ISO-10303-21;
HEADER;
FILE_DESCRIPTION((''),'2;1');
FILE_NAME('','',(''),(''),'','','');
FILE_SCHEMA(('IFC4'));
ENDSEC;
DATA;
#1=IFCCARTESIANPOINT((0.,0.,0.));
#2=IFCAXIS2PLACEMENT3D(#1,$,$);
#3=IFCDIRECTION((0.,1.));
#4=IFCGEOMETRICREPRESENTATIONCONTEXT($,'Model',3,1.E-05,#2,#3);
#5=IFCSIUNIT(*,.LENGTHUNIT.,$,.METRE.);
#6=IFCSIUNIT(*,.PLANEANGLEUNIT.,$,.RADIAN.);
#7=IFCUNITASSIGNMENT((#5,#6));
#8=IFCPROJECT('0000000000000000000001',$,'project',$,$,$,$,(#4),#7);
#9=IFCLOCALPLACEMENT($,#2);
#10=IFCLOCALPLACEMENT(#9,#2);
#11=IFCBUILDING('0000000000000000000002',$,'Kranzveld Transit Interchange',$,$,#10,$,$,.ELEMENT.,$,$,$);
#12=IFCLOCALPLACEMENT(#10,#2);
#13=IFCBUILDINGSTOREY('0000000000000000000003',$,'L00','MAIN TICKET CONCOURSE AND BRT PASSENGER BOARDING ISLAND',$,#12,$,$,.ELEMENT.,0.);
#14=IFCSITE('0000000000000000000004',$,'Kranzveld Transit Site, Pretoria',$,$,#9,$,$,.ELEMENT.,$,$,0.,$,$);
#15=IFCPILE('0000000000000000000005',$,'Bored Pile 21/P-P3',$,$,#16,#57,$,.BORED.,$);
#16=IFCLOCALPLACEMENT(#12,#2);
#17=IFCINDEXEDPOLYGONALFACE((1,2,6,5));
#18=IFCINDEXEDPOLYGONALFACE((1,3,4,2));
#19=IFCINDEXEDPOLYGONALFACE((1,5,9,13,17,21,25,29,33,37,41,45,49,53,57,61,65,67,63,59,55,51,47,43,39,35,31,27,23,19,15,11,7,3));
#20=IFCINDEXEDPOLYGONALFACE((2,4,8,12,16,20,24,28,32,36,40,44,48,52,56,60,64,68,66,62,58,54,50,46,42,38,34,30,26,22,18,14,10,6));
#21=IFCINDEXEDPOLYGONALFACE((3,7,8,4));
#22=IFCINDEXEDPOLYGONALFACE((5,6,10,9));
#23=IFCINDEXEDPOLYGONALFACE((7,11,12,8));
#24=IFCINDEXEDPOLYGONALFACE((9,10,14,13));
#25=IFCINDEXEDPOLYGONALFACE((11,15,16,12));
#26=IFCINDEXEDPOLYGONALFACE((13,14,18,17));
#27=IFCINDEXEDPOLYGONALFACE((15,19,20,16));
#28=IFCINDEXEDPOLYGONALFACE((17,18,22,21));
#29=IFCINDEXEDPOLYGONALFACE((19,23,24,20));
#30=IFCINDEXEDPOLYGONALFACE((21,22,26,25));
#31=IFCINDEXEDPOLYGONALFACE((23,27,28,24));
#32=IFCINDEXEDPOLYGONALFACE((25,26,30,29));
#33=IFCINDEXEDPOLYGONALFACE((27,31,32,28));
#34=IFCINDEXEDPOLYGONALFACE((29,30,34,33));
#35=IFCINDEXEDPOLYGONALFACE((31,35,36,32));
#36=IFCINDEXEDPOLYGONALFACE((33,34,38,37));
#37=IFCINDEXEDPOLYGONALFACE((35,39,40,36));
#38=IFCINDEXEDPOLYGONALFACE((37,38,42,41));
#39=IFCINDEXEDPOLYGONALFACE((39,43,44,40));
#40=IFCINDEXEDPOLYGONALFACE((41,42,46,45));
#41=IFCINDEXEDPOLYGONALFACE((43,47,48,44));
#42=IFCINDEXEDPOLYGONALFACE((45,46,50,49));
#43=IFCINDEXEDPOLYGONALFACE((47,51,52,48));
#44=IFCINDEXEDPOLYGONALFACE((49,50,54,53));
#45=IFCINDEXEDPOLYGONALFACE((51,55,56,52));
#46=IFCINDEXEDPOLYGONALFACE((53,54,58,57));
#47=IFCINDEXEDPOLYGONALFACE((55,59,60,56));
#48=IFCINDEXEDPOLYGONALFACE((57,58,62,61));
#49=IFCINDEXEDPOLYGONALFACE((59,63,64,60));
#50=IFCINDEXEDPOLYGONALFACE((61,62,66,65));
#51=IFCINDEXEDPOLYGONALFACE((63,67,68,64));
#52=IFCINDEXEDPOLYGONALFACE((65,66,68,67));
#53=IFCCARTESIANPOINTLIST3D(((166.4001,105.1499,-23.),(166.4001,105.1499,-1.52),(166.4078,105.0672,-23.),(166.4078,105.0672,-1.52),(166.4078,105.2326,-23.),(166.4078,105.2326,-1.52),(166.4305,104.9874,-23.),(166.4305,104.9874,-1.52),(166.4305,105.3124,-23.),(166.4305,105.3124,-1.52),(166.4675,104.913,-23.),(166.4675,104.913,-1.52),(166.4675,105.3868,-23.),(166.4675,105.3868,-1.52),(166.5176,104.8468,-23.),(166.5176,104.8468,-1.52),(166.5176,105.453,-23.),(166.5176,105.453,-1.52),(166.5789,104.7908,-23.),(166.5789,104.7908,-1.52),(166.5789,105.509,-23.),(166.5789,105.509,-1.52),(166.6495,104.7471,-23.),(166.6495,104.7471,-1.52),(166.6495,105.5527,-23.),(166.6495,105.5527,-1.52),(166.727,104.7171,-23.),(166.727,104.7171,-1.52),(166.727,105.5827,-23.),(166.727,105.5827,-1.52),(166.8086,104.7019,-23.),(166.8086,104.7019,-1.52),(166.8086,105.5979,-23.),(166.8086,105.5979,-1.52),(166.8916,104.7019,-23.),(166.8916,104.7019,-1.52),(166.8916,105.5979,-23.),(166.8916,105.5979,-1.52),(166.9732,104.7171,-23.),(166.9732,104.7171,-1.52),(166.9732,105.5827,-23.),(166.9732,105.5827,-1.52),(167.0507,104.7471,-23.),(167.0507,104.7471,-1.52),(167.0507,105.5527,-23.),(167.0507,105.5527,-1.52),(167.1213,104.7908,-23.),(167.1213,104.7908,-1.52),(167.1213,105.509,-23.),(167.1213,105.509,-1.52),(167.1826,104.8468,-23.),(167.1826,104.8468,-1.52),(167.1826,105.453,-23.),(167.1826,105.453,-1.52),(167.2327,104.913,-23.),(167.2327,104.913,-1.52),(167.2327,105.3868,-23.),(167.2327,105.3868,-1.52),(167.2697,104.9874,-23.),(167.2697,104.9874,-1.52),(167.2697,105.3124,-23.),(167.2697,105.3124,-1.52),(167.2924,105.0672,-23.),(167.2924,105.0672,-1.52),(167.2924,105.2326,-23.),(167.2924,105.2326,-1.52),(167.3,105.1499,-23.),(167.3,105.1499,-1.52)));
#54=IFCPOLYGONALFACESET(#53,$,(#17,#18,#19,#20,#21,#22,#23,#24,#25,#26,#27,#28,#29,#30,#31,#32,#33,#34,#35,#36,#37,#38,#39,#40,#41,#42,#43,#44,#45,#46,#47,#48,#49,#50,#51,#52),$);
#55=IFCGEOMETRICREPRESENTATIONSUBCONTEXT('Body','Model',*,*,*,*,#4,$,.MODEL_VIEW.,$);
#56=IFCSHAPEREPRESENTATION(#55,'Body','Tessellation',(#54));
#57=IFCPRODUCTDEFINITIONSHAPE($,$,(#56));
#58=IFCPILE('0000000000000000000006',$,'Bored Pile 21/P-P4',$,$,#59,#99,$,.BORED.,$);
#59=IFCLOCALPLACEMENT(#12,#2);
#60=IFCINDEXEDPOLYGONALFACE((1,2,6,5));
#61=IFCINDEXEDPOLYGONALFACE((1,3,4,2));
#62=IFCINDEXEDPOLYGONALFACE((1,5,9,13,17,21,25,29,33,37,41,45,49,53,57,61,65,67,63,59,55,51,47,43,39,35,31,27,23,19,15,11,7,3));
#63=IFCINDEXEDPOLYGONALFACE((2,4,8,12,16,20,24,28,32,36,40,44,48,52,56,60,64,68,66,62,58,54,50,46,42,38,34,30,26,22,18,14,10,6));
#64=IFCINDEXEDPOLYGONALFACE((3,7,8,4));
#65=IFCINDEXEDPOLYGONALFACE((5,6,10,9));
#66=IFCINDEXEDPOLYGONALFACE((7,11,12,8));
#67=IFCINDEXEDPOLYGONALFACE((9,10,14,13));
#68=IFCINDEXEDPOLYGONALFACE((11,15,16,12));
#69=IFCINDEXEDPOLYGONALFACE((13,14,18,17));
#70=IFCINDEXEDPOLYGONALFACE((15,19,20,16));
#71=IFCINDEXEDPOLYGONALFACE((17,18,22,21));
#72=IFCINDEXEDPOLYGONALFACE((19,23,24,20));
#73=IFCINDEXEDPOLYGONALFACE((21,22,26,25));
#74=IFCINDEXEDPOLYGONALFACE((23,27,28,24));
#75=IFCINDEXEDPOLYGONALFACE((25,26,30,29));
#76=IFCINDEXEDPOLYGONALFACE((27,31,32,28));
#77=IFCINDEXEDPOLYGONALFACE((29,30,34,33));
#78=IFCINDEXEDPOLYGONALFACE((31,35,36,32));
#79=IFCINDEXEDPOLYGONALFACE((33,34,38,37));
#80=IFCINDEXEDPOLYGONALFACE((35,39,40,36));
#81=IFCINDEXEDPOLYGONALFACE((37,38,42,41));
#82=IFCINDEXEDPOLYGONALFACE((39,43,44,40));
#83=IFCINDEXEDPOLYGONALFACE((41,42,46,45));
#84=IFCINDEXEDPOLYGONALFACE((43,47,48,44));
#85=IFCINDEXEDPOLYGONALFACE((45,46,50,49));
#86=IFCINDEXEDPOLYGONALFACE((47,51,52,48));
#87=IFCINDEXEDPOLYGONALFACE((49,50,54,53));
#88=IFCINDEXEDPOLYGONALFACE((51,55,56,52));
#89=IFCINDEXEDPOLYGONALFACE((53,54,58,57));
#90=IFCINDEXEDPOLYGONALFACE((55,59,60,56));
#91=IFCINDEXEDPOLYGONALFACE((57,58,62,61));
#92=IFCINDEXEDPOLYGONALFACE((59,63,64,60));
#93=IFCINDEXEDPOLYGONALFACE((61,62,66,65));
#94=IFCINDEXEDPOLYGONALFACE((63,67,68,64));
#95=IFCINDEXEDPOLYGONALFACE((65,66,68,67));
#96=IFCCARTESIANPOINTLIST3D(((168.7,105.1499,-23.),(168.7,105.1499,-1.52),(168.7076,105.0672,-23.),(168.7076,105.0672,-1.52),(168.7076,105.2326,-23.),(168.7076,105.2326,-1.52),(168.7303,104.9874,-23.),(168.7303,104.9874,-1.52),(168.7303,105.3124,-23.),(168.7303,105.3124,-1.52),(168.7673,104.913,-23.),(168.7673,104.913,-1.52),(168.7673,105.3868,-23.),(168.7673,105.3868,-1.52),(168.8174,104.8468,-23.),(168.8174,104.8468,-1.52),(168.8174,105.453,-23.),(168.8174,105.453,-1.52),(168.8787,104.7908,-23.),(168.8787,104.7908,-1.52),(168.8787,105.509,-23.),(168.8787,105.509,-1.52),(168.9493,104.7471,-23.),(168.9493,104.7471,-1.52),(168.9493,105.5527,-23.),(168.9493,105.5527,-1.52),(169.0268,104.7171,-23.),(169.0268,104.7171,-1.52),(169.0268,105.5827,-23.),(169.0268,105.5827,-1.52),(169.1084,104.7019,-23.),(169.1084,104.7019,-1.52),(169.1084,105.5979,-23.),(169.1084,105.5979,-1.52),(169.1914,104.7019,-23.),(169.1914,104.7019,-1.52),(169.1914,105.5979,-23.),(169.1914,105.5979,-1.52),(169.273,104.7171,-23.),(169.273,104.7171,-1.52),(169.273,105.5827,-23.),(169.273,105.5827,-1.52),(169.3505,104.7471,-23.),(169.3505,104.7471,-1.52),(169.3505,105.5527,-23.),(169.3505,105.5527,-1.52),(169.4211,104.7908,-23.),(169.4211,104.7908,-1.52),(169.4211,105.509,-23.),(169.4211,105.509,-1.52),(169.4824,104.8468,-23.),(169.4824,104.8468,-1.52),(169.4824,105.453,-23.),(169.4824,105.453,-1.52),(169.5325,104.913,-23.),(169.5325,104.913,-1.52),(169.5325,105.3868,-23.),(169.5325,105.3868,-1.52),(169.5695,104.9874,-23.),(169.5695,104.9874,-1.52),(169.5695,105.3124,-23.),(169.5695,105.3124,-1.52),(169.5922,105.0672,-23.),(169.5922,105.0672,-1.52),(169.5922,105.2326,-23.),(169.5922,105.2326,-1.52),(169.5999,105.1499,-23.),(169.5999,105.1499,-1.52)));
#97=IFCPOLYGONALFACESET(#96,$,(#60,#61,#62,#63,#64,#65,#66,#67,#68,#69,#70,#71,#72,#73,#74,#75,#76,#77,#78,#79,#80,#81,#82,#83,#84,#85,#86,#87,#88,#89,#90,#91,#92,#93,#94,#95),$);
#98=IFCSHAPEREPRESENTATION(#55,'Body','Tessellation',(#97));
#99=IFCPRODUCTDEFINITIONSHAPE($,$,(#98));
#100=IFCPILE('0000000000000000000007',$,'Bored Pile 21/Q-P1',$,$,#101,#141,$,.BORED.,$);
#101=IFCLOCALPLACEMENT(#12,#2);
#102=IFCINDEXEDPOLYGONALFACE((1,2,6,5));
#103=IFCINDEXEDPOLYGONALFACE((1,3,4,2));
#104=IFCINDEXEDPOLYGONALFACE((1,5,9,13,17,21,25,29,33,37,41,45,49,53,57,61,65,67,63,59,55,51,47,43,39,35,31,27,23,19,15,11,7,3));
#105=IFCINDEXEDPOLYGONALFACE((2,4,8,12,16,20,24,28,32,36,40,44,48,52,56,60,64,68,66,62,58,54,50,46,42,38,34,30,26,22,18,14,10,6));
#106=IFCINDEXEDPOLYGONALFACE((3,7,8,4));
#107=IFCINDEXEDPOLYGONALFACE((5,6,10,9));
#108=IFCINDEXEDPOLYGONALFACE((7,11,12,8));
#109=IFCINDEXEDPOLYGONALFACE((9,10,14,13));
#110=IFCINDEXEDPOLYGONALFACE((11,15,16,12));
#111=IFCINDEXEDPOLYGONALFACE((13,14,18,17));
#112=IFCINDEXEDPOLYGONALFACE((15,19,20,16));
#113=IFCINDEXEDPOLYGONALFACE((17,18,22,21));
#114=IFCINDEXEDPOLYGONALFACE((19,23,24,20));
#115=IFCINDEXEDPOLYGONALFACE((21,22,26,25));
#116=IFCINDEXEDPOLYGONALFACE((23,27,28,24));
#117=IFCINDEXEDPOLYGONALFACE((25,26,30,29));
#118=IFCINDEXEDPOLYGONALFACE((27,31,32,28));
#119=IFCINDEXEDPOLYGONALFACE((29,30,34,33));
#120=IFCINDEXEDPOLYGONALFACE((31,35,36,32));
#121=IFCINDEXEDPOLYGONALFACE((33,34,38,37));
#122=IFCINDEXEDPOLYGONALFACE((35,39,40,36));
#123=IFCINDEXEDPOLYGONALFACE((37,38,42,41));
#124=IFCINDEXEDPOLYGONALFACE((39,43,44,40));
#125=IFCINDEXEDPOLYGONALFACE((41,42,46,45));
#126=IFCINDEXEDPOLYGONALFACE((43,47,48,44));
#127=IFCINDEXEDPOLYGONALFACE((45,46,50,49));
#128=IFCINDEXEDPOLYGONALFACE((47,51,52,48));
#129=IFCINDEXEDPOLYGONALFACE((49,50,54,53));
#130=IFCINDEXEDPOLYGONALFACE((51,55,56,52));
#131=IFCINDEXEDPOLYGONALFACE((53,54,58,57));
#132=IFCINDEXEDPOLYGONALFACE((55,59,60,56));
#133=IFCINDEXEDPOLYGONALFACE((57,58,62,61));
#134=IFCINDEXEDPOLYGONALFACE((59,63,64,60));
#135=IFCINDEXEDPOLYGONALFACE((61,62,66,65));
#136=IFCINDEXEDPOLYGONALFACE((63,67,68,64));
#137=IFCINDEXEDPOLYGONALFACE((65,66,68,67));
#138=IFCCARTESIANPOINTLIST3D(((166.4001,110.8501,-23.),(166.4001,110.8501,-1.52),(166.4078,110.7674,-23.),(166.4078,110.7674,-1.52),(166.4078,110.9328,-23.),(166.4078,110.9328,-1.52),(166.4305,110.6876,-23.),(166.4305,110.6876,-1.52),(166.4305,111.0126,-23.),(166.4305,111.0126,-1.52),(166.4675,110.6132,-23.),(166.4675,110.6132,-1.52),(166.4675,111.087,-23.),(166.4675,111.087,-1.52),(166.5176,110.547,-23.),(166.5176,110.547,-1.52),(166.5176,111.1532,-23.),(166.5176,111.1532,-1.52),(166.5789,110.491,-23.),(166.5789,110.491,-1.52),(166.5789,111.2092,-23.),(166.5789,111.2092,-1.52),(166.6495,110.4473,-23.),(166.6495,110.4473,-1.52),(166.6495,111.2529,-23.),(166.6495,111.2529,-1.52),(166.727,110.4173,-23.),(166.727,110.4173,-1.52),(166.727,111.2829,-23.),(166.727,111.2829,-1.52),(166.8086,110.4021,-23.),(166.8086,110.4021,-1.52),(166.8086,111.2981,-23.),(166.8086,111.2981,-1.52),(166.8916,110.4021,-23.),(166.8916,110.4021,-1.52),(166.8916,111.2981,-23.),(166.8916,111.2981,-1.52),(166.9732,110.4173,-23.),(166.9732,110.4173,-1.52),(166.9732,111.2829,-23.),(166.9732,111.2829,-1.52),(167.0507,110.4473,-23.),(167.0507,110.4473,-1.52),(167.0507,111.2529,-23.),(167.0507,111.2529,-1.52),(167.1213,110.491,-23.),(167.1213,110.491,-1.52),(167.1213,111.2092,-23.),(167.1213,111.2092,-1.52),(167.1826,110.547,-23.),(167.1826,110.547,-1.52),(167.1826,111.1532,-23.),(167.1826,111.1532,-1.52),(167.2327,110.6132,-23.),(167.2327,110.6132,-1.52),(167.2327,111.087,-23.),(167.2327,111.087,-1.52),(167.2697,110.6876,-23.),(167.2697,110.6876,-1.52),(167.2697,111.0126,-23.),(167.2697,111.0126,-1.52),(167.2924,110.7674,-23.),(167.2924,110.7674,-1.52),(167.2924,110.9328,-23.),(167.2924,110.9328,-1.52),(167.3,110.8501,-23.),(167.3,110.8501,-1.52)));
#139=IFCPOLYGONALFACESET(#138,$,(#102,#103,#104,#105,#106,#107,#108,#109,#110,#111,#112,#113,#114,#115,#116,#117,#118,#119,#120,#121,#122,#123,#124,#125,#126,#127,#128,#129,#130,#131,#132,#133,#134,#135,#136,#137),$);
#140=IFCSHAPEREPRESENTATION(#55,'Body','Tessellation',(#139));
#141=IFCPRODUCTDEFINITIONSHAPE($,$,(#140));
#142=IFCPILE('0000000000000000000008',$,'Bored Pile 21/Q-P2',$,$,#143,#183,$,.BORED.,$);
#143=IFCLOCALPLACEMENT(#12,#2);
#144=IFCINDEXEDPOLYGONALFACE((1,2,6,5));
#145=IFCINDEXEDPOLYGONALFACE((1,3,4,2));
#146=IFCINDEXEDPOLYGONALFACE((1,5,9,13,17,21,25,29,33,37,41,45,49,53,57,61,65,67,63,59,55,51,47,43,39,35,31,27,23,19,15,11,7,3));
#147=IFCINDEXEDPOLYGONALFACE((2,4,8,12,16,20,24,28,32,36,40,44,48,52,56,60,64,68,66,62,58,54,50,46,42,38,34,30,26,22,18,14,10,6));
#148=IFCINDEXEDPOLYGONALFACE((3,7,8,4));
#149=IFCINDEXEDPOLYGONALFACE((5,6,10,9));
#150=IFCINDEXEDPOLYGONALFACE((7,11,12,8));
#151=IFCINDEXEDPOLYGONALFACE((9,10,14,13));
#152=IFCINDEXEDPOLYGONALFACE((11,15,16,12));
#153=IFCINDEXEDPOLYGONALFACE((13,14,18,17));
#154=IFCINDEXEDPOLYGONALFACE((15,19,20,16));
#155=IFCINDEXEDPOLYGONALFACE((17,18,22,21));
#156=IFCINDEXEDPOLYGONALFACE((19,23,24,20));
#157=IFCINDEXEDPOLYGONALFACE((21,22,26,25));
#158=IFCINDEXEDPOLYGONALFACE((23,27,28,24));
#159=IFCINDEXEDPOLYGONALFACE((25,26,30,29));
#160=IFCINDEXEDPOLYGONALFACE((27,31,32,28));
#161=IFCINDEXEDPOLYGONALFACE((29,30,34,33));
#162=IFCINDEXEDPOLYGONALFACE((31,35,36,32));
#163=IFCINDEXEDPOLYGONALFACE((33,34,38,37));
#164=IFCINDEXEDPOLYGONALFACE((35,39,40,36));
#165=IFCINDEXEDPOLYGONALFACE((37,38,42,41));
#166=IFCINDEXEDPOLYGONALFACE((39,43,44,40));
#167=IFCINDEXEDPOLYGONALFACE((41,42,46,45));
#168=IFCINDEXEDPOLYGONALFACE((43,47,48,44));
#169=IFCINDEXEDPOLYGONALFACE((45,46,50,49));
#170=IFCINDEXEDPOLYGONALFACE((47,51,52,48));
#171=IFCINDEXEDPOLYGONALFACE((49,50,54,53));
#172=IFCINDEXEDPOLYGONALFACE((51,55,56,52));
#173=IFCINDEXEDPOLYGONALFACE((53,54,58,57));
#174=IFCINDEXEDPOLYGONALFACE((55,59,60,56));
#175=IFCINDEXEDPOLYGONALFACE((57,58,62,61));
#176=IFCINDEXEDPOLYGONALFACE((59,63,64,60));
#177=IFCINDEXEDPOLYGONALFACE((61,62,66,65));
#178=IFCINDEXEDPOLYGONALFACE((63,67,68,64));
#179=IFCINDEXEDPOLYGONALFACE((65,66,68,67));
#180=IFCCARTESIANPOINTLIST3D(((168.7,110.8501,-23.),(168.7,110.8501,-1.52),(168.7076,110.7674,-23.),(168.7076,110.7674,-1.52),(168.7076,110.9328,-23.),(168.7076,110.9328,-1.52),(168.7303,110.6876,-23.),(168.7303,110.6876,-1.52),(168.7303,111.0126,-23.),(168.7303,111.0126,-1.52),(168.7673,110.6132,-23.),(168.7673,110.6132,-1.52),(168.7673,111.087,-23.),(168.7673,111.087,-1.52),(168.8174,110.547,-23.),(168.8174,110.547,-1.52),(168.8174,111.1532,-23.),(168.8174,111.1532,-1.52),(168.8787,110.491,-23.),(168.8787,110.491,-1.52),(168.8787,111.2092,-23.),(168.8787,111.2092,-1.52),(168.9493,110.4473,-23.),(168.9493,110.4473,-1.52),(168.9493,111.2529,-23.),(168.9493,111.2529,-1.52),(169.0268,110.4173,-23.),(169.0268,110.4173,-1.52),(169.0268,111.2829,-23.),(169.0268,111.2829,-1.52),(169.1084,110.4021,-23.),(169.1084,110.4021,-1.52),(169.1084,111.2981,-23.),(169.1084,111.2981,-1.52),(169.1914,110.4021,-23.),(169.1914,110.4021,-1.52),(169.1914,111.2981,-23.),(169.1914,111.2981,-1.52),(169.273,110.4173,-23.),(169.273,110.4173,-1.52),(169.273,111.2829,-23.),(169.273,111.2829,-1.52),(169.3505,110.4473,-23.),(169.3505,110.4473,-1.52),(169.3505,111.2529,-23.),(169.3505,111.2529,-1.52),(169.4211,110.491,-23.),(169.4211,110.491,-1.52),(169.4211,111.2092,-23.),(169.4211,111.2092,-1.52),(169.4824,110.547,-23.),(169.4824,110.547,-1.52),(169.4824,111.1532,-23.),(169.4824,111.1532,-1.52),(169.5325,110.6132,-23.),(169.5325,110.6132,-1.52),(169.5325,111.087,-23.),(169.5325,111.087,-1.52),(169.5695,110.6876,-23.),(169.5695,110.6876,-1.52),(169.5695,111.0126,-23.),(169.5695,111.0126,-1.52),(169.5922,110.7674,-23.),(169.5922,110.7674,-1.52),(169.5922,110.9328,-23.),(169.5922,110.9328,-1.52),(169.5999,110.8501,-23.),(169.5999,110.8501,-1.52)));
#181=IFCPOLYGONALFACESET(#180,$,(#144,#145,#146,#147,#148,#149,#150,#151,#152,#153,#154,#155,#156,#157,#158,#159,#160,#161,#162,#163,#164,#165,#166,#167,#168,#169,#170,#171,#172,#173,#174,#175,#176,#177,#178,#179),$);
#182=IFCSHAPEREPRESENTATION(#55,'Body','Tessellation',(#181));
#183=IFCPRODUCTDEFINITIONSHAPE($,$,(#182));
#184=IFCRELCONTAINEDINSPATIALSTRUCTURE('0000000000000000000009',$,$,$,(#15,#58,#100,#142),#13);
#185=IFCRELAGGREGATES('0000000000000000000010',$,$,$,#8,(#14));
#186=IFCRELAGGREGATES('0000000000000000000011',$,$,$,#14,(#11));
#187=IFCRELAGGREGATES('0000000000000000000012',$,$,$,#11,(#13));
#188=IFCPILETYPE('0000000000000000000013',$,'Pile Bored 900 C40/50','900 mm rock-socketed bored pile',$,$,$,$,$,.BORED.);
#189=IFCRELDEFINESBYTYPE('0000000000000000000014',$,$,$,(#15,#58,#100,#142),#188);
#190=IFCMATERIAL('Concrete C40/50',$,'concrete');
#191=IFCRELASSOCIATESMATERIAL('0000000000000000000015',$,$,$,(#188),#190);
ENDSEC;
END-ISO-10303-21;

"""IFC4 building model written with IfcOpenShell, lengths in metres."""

from ifc_helpers import new_model, si_unit, direction, frame, origin, origin_2d, place, context, subcontext, project, spatial, circle, extrude, material, material_profile, profile_set, type_object, element, save


model = new_model("IFC4")

# Units and contexts
model_context = context("Model", 3, precision=1e-05, world=origin(), true_north=direction((0.0, 1.0)))
body_context = subcontext(model_context, "Body", "Model", "MODEL_VIEW")
ifc_project = project(units=[si_unit("LENGTHUNIT", "METRE"), si_unit("PLANEANGLEUNIT", "RADIAN")], contexts=[model_context])

# Site, building, storey
site_placement = place(None, origin())
site = spatial("IfcSite", under=ifc_project, at=site_placement, Name="Kranzveld Transit Site, Pretoria", CompositionType="ELEMENT", RefElevation=0.0)
building_placement = place(site_placement, origin())
building = spatial("IfcBuilding", under=site, at=building_placement, Name="Kranzveld Transit Interchange", CompositionType="ELEMENT")
storey_placement = place(building_placement, origin())
storey = spatial("IfcBuildingStorey", under=building, at=storey_placement, Name="L00", Description="MAIN TICKET CONCOURSE AND BRT PASSENGER BOARDING ISLAND", CompositionType="ELEMENT", Elevation=0.0)

# Piles
ifc_material_1 = material(Name="Concrete C40/50", Category="concrete")
ifc_material_profile_1 = material_profile(ifc_material_1, circle(Radius=0.45, at=origin_2d()), Name="BORED PILE 900")
ifc_profile_set_1 = profile_set([ifc_material_profile_1], Name="Concrete C40/50")
pile_type_1 = type_object("IfcPileType", Name="Pile Bored 900 C40/50", Description="900 mm rock-socketed bored pile", PredefinedType="BORED", material=ifc_profile_set_1)
for number, where, z_axis, x_axis, name in (
    (1, (166.8501, 105.1499, -1.52), (0.0, 0.0, -1.0), (1.0, 0.0, 0.0), "Bored Pile 21/P-P3"),
    (2, (169.1499, 105.1499, -1.52), (0.0, 0.0, -1.0), (1.0, 0.0, 0.0), "Bored Pile 21/P-P4"),
    (3, (166.8501, 110.8501, -1.52), (0.0, 0.0, -1.0), (1.0, 0.0, 0.0), "Bored Pile 21/Q-P1"),
    (4, (169.1499, 110.8501, -1.52), (0.0, 0.0, -1.0), (1.0, 0.0, 0.0), "Bored Pile 21/Q-P2"),
):
    element("IfcPile", number, at=place(storey_placement, frame(where, z_axis=z_axis, x_axis=x_axis)), inside=storey, type_object=pile_type_1, Name=name, PredefinedType="BORED", context=body_context, shape_type="SweptSolid", body=[
        extrude(circle(Radius=0.45, at=origin_2d()), origin(), (0.0, 0.0, 1.0), 21.48),
    ])

save(model, "model.ifc")
